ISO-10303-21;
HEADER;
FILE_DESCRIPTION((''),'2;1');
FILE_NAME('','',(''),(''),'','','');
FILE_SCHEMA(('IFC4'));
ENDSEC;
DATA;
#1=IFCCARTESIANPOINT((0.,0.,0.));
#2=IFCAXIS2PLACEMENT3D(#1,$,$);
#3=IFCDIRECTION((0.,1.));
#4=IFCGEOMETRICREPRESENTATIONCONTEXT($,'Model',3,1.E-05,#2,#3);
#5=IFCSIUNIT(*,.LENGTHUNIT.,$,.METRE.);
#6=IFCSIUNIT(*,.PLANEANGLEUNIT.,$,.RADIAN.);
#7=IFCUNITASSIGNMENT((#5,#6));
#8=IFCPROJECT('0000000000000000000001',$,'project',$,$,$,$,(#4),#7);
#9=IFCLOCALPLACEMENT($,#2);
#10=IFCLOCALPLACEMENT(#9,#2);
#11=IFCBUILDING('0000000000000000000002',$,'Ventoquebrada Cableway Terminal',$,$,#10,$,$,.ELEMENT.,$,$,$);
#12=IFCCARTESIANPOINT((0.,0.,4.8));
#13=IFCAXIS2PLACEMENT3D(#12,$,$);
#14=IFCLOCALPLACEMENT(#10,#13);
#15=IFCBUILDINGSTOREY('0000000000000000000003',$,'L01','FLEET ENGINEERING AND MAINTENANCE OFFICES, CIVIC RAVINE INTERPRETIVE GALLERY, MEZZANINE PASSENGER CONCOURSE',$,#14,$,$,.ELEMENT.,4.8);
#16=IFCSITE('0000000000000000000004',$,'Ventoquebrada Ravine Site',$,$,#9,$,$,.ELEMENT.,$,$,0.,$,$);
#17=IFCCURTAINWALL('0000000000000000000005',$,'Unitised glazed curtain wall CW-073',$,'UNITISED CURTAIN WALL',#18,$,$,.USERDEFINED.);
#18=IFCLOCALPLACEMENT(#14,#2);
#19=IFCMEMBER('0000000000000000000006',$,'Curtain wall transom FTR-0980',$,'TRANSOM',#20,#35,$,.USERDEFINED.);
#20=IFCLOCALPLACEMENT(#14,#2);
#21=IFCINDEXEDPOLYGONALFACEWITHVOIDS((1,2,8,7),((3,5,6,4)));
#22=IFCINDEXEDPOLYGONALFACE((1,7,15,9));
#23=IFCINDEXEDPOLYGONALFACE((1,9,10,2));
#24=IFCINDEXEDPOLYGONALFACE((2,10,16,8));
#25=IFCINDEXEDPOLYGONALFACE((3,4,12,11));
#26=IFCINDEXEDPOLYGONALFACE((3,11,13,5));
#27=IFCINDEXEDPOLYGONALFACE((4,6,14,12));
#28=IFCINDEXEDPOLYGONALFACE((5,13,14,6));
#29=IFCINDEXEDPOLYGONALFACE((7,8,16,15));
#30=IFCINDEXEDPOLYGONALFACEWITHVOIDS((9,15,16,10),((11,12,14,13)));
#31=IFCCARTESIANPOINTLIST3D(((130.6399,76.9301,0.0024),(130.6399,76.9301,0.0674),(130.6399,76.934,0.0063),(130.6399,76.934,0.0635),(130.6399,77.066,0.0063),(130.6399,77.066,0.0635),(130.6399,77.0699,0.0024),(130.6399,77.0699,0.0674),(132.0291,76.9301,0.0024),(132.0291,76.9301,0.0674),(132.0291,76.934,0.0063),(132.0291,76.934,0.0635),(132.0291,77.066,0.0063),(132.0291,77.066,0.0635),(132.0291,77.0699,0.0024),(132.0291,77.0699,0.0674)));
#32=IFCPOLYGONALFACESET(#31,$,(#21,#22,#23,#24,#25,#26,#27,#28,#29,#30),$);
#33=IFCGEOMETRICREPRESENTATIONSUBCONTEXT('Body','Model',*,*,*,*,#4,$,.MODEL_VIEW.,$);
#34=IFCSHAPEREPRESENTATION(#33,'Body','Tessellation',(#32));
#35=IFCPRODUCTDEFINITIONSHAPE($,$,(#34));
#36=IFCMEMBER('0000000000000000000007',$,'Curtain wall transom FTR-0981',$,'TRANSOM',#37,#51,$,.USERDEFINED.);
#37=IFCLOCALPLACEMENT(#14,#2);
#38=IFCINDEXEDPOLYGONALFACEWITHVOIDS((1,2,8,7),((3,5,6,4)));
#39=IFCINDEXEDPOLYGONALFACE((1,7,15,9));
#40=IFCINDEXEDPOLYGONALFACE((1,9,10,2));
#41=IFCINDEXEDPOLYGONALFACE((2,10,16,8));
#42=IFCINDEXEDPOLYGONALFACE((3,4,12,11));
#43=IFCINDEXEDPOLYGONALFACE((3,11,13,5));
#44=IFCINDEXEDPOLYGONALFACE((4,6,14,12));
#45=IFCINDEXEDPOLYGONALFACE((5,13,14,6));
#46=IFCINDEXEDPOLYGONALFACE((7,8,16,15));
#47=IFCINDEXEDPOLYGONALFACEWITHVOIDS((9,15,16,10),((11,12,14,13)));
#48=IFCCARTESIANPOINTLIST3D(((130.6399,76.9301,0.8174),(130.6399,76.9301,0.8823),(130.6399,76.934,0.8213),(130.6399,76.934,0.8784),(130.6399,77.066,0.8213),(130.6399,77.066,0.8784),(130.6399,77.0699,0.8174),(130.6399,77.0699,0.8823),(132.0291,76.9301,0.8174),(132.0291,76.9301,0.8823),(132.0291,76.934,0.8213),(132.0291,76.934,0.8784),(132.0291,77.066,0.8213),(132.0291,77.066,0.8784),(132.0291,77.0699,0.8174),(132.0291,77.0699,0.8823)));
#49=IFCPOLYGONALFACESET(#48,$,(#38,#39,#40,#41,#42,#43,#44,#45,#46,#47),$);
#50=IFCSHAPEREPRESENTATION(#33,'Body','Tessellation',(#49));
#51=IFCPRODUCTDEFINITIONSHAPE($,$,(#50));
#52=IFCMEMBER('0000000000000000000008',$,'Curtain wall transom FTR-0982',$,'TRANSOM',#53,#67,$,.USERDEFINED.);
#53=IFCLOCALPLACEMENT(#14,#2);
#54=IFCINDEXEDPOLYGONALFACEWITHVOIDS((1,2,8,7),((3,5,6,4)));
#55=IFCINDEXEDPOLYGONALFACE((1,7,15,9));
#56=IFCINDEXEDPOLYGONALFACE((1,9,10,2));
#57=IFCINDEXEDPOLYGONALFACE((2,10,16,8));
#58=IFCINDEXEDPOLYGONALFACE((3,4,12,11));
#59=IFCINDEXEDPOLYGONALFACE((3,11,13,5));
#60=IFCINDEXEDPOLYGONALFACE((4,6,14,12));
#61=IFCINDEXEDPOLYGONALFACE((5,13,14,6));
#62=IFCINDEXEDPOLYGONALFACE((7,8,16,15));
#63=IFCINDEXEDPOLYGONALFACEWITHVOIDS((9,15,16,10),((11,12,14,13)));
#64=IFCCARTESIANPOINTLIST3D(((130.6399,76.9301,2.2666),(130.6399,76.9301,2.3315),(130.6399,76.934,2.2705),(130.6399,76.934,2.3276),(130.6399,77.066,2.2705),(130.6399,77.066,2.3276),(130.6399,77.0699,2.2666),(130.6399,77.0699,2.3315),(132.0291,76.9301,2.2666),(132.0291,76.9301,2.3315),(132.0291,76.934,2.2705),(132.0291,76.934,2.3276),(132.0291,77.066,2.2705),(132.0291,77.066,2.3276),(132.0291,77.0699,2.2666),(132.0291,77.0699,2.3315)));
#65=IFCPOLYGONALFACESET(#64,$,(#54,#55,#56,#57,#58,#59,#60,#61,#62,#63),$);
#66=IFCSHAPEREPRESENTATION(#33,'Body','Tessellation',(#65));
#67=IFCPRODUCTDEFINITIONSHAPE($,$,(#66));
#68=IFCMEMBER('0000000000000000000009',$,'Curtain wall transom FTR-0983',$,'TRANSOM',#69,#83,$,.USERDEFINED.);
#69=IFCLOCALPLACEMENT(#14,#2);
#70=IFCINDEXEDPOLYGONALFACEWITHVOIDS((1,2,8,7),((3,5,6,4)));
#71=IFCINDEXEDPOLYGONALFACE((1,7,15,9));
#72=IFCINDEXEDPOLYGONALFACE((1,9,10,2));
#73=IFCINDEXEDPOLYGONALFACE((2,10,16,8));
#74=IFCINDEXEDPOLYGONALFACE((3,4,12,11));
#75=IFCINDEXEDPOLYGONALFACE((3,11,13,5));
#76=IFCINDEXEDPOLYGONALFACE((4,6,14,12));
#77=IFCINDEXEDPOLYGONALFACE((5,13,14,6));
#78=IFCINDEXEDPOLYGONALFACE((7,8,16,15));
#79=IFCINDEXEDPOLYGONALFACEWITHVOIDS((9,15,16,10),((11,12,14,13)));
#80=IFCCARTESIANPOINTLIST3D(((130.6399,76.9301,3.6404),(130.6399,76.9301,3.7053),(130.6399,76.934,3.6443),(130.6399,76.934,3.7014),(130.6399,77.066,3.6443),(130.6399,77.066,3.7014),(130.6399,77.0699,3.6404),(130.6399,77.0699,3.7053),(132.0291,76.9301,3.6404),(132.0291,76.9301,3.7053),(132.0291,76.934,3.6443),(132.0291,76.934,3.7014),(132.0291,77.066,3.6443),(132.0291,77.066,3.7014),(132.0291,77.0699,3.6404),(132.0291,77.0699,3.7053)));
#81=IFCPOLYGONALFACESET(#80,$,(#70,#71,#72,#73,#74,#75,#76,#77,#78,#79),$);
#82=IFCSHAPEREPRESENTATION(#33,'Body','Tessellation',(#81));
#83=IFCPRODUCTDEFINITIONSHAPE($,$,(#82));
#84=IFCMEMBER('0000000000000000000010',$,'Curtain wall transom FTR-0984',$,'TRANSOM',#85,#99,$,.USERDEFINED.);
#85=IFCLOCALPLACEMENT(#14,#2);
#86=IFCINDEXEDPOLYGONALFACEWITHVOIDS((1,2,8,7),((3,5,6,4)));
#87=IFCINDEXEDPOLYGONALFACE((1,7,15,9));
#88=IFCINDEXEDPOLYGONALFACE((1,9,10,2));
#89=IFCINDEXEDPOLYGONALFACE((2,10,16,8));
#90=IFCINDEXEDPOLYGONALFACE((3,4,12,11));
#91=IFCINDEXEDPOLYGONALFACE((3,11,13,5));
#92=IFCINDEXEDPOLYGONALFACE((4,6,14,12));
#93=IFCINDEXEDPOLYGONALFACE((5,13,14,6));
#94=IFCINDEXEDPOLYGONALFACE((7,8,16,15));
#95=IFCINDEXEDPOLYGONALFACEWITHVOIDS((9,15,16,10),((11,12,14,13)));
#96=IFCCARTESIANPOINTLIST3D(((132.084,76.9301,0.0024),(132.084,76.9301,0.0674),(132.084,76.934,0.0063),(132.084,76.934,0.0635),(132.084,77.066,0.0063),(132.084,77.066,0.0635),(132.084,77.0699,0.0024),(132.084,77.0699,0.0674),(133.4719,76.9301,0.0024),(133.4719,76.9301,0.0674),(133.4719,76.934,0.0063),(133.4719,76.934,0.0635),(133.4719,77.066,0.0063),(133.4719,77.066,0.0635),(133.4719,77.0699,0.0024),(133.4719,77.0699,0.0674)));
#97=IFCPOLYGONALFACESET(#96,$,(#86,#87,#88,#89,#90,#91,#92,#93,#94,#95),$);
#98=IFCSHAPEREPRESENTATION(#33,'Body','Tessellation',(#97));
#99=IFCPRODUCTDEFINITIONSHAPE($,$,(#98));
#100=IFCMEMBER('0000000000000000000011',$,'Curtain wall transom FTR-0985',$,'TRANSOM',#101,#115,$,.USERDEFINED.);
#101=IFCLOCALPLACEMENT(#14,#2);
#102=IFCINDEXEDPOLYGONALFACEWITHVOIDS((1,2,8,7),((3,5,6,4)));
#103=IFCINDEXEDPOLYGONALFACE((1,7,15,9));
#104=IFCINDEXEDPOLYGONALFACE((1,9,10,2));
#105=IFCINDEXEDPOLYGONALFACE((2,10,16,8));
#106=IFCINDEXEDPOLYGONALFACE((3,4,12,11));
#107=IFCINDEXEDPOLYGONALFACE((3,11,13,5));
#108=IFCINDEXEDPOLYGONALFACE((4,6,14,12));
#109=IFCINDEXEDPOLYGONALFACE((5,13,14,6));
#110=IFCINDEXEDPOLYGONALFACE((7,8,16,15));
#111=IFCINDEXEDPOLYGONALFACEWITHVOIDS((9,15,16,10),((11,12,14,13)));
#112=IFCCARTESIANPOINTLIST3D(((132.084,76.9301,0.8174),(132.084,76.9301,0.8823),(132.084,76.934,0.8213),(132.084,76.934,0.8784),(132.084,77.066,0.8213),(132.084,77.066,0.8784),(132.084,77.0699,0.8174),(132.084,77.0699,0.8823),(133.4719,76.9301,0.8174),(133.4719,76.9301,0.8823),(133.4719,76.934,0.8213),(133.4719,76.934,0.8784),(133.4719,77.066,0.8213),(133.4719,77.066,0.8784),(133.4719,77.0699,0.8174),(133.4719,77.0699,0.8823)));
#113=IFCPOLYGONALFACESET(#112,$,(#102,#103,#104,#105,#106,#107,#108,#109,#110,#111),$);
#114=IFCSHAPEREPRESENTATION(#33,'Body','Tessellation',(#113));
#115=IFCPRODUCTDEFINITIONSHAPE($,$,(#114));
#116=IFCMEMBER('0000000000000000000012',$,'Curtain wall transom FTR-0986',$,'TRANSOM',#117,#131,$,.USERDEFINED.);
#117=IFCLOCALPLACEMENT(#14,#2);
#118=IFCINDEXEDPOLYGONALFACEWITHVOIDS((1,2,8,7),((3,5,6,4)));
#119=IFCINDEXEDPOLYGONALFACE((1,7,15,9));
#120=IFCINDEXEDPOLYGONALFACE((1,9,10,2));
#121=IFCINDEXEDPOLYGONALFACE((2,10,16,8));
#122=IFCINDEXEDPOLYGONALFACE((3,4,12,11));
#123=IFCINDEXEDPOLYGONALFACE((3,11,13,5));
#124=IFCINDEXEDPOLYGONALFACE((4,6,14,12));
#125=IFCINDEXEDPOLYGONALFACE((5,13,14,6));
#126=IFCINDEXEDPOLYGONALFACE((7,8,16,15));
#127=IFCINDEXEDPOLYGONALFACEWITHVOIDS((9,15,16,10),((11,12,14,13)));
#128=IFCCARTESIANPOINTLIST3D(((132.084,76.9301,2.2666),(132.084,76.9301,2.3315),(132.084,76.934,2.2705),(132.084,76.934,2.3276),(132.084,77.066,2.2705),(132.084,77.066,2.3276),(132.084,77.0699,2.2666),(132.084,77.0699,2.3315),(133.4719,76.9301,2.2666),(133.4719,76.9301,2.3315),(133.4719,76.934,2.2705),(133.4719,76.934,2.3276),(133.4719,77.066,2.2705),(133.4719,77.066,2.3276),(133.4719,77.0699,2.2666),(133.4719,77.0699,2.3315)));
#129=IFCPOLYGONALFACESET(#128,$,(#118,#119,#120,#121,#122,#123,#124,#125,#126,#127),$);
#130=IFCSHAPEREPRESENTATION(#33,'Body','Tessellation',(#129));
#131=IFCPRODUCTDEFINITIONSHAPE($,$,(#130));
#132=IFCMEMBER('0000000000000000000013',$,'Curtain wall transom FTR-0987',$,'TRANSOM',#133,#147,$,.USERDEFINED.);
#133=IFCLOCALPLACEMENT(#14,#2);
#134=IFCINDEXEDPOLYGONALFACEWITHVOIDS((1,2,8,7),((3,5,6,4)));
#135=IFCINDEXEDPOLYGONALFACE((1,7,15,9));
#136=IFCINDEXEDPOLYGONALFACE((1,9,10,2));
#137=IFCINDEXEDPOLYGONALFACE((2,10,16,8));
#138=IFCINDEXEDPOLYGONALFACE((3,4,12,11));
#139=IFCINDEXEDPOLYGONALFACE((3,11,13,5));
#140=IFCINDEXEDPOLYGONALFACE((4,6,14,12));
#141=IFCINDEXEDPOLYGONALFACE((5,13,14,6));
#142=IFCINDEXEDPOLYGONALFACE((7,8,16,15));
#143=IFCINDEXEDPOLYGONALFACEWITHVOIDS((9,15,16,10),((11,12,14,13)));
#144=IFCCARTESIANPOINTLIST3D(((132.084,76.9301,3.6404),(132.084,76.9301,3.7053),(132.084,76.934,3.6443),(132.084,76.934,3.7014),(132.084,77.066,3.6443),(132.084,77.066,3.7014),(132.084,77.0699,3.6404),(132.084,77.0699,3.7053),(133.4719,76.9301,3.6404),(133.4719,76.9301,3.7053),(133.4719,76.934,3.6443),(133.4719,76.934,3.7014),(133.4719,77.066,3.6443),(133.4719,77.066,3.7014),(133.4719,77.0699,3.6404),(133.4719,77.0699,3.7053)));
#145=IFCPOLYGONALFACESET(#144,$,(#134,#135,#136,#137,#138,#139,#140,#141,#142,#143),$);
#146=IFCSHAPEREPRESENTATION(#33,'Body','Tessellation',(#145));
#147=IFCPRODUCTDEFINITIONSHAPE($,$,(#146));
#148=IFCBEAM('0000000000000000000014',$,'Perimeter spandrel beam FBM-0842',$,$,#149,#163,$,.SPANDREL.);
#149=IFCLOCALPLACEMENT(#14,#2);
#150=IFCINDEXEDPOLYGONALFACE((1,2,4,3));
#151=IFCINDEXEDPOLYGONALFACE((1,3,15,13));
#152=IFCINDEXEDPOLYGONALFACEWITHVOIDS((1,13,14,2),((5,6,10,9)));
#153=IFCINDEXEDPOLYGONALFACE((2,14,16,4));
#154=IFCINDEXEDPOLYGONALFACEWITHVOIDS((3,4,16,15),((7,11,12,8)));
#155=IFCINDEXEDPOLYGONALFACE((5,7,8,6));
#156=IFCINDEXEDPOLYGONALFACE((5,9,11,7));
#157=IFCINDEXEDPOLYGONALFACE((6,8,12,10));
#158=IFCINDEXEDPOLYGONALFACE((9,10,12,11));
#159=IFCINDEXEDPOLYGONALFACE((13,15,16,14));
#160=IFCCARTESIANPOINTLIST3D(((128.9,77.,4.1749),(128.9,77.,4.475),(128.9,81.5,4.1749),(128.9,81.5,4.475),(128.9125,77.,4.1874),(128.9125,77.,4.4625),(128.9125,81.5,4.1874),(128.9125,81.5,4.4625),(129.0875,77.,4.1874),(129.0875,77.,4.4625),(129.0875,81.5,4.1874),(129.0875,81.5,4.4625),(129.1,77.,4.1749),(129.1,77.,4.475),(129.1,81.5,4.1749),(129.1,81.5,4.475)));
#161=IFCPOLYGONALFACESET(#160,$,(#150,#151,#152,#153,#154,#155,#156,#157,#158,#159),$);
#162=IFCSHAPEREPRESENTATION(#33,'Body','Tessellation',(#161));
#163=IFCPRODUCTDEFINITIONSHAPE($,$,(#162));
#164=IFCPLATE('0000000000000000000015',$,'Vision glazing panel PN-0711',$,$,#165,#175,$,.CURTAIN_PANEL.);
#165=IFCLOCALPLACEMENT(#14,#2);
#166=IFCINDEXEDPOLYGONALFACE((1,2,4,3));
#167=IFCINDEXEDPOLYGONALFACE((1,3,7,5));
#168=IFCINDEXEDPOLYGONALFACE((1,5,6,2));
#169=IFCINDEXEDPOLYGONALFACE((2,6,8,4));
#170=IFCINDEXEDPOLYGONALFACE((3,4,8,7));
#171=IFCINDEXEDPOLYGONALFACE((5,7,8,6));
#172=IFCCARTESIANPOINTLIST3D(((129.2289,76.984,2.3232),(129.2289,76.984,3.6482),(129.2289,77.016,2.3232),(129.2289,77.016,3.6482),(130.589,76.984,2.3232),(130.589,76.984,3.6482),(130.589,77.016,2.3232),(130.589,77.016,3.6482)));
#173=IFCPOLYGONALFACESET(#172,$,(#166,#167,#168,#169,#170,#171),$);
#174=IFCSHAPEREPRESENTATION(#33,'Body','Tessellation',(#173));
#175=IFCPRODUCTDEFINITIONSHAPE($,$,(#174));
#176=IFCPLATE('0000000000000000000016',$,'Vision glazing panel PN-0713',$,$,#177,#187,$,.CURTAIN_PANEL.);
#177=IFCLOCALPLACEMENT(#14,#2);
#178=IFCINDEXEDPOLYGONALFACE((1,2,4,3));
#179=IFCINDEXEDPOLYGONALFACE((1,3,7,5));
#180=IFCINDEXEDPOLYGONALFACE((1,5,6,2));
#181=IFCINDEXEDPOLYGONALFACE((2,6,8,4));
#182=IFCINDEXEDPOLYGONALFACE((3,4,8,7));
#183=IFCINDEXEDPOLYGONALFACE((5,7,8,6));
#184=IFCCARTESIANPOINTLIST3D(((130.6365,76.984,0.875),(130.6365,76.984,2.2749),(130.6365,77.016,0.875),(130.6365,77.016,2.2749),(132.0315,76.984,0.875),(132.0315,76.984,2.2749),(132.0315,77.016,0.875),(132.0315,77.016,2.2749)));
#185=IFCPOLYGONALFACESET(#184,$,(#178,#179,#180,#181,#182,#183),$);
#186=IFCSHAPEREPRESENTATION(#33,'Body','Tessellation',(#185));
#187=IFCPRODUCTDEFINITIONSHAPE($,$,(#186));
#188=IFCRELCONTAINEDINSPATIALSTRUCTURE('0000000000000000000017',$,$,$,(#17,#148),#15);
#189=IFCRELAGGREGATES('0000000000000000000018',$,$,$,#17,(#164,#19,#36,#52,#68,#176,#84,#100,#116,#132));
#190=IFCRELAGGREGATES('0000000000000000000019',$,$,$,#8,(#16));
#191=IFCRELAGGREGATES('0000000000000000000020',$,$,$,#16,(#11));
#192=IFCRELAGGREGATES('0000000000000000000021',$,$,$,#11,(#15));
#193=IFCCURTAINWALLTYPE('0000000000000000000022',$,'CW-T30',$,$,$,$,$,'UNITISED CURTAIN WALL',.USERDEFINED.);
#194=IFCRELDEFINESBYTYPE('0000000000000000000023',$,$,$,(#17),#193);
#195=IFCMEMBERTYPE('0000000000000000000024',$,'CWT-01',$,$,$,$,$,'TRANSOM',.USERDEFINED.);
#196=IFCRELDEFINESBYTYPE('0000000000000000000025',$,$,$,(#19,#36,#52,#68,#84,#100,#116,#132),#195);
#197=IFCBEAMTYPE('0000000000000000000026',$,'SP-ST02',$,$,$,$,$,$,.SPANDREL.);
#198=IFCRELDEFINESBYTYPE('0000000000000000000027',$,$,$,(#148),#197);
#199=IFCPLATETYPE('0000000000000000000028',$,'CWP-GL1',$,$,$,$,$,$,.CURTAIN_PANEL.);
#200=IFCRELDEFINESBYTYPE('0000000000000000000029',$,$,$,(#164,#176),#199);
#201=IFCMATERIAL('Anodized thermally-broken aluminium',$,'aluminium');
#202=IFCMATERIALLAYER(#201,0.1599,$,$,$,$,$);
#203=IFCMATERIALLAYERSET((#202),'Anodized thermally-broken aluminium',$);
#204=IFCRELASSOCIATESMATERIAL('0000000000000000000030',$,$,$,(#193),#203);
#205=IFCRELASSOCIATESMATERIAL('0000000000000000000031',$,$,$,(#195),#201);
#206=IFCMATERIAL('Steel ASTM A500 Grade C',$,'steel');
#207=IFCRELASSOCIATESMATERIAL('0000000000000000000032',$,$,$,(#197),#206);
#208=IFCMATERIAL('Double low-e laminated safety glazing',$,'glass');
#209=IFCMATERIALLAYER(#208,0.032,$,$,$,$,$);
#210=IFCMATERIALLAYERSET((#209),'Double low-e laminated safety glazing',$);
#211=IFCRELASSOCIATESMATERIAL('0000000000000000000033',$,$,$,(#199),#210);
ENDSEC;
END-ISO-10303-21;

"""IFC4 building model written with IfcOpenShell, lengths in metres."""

from ifc_helpers import new_model, si_unit, direction, frame, origin, origin_2d, place, context, subcontext, project, spatial, rectangle, hollow_rectangle, extrude, material, layer, layer_set, material_profile, profile_set, type_object, element, aggregate, save


model = new_model("IFC4")

# Units and contexts
model_context = context("Model", 3, precision=1e-05, world=origin(), true_north=direction((0.0, 1.0)))
body_context = subcontext(model_context, "Body", "Model", "MODEL_VIEW")
ifc_project = project(units=[si_unit("LENGTHUNIT", "METRE"), si_unit("PLANEANGLEUNIT", "RADIAN")], contexts=[model_context])

# Site, building, storey
site_placement = place(None, origin())
site = spatial("IfcSite", under=ifc_project, at=site_placement, Name="Ventoquebrada Ravine Site", CompositionType="ELEMENT", RefElevation=0.0)
building_placement = place(site_placement, origin())
building = spatial("IfcBuilding", under=site, at=building_placement, Name="Ventoquebrada Cableway Terminal", CompositionType="ELEMENT")
storey_placement = place(building_placement, frame((0.0, 0.0, 4.8)))
storey = spatial("IfcBuildingStorey", under=building, at=storey_placement, Name="L01", Description="FLEET ENGINEERING AND MAINTENANCE OFFICES, CIVIC RAVINE INTERPRETIVE GALLERY, MEZZANINE PASSENGER CONCOURSE", CompositionType="ELEMENT", Elevation=4.8)

# Curtain wall, members
ifc_material_1 = material(Name="Anodized thermally-broken aluminium", Category="aluminium")
ifc_layer_1 = layer(ifc_material_1, 0.1599)
ifc_layer_set_1 = layer_set([ifc_layer_1], Name="Anodized thermally-broken aluminium")
curtain_wall_type = type_object("IfcCurtainWallType", Name="CW-T30", ElementType="UNITISED CURTAIN WALL", PredefinedType="USERDEFINED", material=ifc_layer_set_1)
curtain_wall_placement = place(storey_placement, origin())
curtain_wall = element("IfcCurtainWall", 1, at=curtain_wall_placement, inside=storey, type_object=curtain_wall_type, Name="Unitised glazed curtain wall CW-073", ObjectType="UNITISED CURTAIN WALL", PredefinedType="USERDEFINED")
ifc_material_profile_1 = material_profile(ifc_material_1, hollow_rectangle(XDim=0.0649, YDim=0.1399, WallThickness=0.0039, at=origin_2d()), Name="CW-TRN-65X140")
ifc_profile_set_1 = profile_set([ifc_material_profile_1], Name="Anodized thermally-broken aluminium")
member_type_1 = type_object("IfcMemberType", Name="CWT-01", ElementType="TRANSOM", PredefinedType="USERDEFINED", material=ifc_profile_set_1)
member_1_placement = place(storey_placement, frame((130.6399, 77.0, 0.0349), z_axis=(1.0, 0.0, 0.0), x_axis=(0.0, 0.0, 1.0)))
member_1 = element("IfcMember", 2, at=member_1_placement, type_object=member_type_1, Name="Curtain wall transom FTR-0980", ObjectType="TRANSOM", PredefinedType="USERDEFINED", context=body_context, shape_type="SweptSolid", body=[
    extrude(hollow_rectangle(XDim=0.0649, YDim=0.1399, WallThickness=0.0039, at=origin_2d()), origin(), (0.0, 0.0, 1.0), 1.3892),
])
member_2_placement = place(storey_placement, frame((130.6399, 77.0, 0.8499), z_axis=(1.0, 0.0, 0.0), x_axis=(0.0, 0.0, 1.0)))
member_2 = element("IfcMember", 3, at=member_2_placement, type_object=member_type_1, Name="Curtain wall transom FTR-0981", ObjectType="TRANSOM", PredefinedType="USERDEFINED", context=body_context, shape_type="SweptSolid", body=[
    extrude(hollow_rectangle(XDim=0.0649, YDim=0.1399, WallThickness=0.0039, at=origin_2d()), origin(), (0.0, 0.0, 1.0), 1.3892),
])
member_3_placement = place(storey_placement, frame((130.6399, 77.0, 2.2991), z_axis=(1.0, 0.0, 0.0), x_axis=(0.0, 0.0, 1.0)))
member_3 = element("IfcMember", 4, at=member_3_placement, type_object=member_type_1, Name="Curtain wall transom FTR-0982", ObjectType="TRANSOM", PredefinedType="USERDEFINED", context=body_context, shape_type="SweptSolid", body=[
    extrude(hollow_rectangle(XDim=0.0649, YDim=0.1399, WallThickness=0.0039, at=origin_2d()), origin(), (0.0, 0.0, 1.0), 1.3892),
])
member_4_placement = place(storey_placement, frame((130.6399, 77.0, 3.6729), z_axis=(1.0, 0.0, 0.0), x_axis=(0.0, 0.0, 1.0)))
member_4 = element("IfcMember", 5, at=member_4_placement, type_object=member_type_1, Name="Curtain wall transom FTR-0983", ObjectType="TRANSOM", PredefinedType="USERDEFINED", context=body_context, shape_type="SweptSolid", body=[
    extrude(hollow_rectangle(XDim=0.0649, YDim=0.1399, WallThickness=0.0039, at=origin_2d()), origin(), (0.0, 0.0, 1.0), 1.3892),
])
member_5_placement = place(storey_placement, frame((132.084, 77.0, 0.0349), z_axis=(1.0, 0.0, 0.0), x_axis=(0.0, 0.0, 1.0)))
member_5 = element("IfcMember", 6, at=member_5_placement, type_object=member_type_1, Name="Curtain wall transom FTR-0984", ObjectType="TRANSOM", PredefinedType="USERDEFINED", context=body_context, shape_type="SweptSolid", body=[
    extrude(hollow_rectangle(XDim=0.0649, YDim=0.1399, WallThickness=0.0039, at=origin_2d()), origin(), (0.0, 0.0, 1.0), 1.3879),
])
member_6_placement = place(storey_placement, frame((132.084, 77.0, 0.8499), z_axis=(1.0, 0.0, 0.0), x_axis=(0.0, 0.0, 1.0)))
member_6 = element("IfcMember", 7, at=member_6_placement, type_object=member_type_1, Name="Curtain wall transom FTR-0985", ObjectType="TRANSOM", PredefinedType="USERDEFINED", context=body_context, shape_type="SweptSolid", body=[
    extrude(hollow_rectangle(XDim=0.0649, YDim=0.1399, WallThickness=0.0039, at=origin_2d()), origin(), (0.0, 0.0, 1.0), 1.3879),
])
member_7_placement = place(storey_placement, frame((132.084, 77.0, 2.2991), z_axis=(1.0, 0.0, 0.0), x_axis=(0.0, 0.0, 1.0)))
member_7 = element("IfcMember", 8, at=member_7_placement, type_object=member_type_1, Name="Curtain wall transom FTR-0986", ObjectType="TRANSOM", PredefinedType="USERDEFINED", context=body_context, shape_type="SweptSolid", body=[
    extrude(hollow_rectangle(XDim=0.0649, YDim=0.1399, WallThickness=0.0039, at=origin_2d()), origin(), (0.0, 0.0, 1.0), 1.3879),
])
member_8_placement = place(storey_placement, frame((132.084, 77.0, 3.6729), z_axis=(1.0, 0.0, 0.0), x_axis=(0.0, 0.0, 1.0)))
member_8 = element("IfcMember", 9, at=member_8_placement, type_object=member_type_1, Name="Curtain wall transom FTR-0987", ObjectType="TRANSOM", PredefinedType="USERDEFINED", context=body_context, shape_type="SweptSolid", body=[
    extrude(hollow_rectangle(XDim=0.0649, YDim=0.1399, WallThickness=0.0039, at=origin_2d()), origin(), (0.0, 0.0, 1.0), 1.3879),
])

# Beam
ifc_material_2 = material(Name="Steel ASTM A500 Grade C", Category="steel")
ifc_material_profile_2 = material_profile(ifc_material_2, hollow_rectangle(XDim=0.2, YDim=0.3, WallThickness=0.0125, at=origin_2d()), Name="RHS300X200X12.5")
ifc_profile_set_2 = profile_set([ifc_material_profile_2], Name="Steel ASTM A500 Grade C")
beam_type_1 = type_object("IfcBeamType", Name="SP-ST02", PredefinedType="SPANDREL", material=ifc_profile_set_2)
beam_1_placement = place(storey_placement, frame((129.0, 77.0, 4.325), z_axis=(0.0, 1.0, 0.0), x_axis=(-1.0, 0.0, 0.0)))
element("IfcBeam", 10, at=beam_1_placement, inside=storey, type_object=beam_type_1, Name="Perimeter spandrel beam FBM-0842", PredefinedType="SPANDREL", context=body_context, shape_type="SweptSolid", body=[
    extrude(hollow_rectangle(XDim=0.2, YDim=0.3, WallThickness=0.0125, at=origin_2d()), origin(), (0.0, 0.0, 1.0), 4.5),
])

# Plates
ifc_material_3 = material(Name="Double low-e laminated safety glazing", Category="glass")
ifc_layer_2 = layer(ifc_material_3, 0.032)
ifc_layer_set_2 = layer_set([ifc_layer_2], Name="Double low-e laminated safety glazing")
plate_type_1 = type_object("IfcPlateType", Name="CWP-GL1", PredefinedType="CURTAIN_PANEL", material=ifc_layer_set_2)
plate_1_placement = place(storey_placement, frame((129.9089, 77.0, 2.3232), z_axis=(0.0, 0.0, 1.0), x_axis=(1.0, 0.0, 0.0)))
plate_1 = element("IfcPlate", 11, at=plate_1_placement, type_object=plate_type_1, Name="Vision glazing panel PN-0711", PredefinedType="CURTAIN_PANEL", context=body_context, shape_type="SweptSolid", body=[
    extrude(rectangle(XDim=1.3601, YDim=0.032, at=origin_2d()), origin(), (0.0, 0.0, 1.0), 1.325),
])
plate_2_placement = place(storey_placement, frame((131.334, 77.0, 0.875), z_axis=(0.0, 0.0, 1.0), x_axis=(1.0, 0.0, 0.0)))
plate_2 = element("IfcPlate", 12, at=plate_2_placement, type_object=plate_type_1, Name="Vision glazing panel PN-0713", PredefinedType="CURTAIN_PANEL", context=body_context, shape_type="SweptSolid", body=[
    extrude(rectangle(XDim=1.395, YDim=0.032, at=origin_2d()), origin(), (0.0, 0.0, 1.0), 1.3999),
])
aggregate(curtain_wall, [plate_1, member_1, member_2, member_3, member_4, plate_2, member_5, member_6, member_7, member_8])

save(model, "model.ifc")
